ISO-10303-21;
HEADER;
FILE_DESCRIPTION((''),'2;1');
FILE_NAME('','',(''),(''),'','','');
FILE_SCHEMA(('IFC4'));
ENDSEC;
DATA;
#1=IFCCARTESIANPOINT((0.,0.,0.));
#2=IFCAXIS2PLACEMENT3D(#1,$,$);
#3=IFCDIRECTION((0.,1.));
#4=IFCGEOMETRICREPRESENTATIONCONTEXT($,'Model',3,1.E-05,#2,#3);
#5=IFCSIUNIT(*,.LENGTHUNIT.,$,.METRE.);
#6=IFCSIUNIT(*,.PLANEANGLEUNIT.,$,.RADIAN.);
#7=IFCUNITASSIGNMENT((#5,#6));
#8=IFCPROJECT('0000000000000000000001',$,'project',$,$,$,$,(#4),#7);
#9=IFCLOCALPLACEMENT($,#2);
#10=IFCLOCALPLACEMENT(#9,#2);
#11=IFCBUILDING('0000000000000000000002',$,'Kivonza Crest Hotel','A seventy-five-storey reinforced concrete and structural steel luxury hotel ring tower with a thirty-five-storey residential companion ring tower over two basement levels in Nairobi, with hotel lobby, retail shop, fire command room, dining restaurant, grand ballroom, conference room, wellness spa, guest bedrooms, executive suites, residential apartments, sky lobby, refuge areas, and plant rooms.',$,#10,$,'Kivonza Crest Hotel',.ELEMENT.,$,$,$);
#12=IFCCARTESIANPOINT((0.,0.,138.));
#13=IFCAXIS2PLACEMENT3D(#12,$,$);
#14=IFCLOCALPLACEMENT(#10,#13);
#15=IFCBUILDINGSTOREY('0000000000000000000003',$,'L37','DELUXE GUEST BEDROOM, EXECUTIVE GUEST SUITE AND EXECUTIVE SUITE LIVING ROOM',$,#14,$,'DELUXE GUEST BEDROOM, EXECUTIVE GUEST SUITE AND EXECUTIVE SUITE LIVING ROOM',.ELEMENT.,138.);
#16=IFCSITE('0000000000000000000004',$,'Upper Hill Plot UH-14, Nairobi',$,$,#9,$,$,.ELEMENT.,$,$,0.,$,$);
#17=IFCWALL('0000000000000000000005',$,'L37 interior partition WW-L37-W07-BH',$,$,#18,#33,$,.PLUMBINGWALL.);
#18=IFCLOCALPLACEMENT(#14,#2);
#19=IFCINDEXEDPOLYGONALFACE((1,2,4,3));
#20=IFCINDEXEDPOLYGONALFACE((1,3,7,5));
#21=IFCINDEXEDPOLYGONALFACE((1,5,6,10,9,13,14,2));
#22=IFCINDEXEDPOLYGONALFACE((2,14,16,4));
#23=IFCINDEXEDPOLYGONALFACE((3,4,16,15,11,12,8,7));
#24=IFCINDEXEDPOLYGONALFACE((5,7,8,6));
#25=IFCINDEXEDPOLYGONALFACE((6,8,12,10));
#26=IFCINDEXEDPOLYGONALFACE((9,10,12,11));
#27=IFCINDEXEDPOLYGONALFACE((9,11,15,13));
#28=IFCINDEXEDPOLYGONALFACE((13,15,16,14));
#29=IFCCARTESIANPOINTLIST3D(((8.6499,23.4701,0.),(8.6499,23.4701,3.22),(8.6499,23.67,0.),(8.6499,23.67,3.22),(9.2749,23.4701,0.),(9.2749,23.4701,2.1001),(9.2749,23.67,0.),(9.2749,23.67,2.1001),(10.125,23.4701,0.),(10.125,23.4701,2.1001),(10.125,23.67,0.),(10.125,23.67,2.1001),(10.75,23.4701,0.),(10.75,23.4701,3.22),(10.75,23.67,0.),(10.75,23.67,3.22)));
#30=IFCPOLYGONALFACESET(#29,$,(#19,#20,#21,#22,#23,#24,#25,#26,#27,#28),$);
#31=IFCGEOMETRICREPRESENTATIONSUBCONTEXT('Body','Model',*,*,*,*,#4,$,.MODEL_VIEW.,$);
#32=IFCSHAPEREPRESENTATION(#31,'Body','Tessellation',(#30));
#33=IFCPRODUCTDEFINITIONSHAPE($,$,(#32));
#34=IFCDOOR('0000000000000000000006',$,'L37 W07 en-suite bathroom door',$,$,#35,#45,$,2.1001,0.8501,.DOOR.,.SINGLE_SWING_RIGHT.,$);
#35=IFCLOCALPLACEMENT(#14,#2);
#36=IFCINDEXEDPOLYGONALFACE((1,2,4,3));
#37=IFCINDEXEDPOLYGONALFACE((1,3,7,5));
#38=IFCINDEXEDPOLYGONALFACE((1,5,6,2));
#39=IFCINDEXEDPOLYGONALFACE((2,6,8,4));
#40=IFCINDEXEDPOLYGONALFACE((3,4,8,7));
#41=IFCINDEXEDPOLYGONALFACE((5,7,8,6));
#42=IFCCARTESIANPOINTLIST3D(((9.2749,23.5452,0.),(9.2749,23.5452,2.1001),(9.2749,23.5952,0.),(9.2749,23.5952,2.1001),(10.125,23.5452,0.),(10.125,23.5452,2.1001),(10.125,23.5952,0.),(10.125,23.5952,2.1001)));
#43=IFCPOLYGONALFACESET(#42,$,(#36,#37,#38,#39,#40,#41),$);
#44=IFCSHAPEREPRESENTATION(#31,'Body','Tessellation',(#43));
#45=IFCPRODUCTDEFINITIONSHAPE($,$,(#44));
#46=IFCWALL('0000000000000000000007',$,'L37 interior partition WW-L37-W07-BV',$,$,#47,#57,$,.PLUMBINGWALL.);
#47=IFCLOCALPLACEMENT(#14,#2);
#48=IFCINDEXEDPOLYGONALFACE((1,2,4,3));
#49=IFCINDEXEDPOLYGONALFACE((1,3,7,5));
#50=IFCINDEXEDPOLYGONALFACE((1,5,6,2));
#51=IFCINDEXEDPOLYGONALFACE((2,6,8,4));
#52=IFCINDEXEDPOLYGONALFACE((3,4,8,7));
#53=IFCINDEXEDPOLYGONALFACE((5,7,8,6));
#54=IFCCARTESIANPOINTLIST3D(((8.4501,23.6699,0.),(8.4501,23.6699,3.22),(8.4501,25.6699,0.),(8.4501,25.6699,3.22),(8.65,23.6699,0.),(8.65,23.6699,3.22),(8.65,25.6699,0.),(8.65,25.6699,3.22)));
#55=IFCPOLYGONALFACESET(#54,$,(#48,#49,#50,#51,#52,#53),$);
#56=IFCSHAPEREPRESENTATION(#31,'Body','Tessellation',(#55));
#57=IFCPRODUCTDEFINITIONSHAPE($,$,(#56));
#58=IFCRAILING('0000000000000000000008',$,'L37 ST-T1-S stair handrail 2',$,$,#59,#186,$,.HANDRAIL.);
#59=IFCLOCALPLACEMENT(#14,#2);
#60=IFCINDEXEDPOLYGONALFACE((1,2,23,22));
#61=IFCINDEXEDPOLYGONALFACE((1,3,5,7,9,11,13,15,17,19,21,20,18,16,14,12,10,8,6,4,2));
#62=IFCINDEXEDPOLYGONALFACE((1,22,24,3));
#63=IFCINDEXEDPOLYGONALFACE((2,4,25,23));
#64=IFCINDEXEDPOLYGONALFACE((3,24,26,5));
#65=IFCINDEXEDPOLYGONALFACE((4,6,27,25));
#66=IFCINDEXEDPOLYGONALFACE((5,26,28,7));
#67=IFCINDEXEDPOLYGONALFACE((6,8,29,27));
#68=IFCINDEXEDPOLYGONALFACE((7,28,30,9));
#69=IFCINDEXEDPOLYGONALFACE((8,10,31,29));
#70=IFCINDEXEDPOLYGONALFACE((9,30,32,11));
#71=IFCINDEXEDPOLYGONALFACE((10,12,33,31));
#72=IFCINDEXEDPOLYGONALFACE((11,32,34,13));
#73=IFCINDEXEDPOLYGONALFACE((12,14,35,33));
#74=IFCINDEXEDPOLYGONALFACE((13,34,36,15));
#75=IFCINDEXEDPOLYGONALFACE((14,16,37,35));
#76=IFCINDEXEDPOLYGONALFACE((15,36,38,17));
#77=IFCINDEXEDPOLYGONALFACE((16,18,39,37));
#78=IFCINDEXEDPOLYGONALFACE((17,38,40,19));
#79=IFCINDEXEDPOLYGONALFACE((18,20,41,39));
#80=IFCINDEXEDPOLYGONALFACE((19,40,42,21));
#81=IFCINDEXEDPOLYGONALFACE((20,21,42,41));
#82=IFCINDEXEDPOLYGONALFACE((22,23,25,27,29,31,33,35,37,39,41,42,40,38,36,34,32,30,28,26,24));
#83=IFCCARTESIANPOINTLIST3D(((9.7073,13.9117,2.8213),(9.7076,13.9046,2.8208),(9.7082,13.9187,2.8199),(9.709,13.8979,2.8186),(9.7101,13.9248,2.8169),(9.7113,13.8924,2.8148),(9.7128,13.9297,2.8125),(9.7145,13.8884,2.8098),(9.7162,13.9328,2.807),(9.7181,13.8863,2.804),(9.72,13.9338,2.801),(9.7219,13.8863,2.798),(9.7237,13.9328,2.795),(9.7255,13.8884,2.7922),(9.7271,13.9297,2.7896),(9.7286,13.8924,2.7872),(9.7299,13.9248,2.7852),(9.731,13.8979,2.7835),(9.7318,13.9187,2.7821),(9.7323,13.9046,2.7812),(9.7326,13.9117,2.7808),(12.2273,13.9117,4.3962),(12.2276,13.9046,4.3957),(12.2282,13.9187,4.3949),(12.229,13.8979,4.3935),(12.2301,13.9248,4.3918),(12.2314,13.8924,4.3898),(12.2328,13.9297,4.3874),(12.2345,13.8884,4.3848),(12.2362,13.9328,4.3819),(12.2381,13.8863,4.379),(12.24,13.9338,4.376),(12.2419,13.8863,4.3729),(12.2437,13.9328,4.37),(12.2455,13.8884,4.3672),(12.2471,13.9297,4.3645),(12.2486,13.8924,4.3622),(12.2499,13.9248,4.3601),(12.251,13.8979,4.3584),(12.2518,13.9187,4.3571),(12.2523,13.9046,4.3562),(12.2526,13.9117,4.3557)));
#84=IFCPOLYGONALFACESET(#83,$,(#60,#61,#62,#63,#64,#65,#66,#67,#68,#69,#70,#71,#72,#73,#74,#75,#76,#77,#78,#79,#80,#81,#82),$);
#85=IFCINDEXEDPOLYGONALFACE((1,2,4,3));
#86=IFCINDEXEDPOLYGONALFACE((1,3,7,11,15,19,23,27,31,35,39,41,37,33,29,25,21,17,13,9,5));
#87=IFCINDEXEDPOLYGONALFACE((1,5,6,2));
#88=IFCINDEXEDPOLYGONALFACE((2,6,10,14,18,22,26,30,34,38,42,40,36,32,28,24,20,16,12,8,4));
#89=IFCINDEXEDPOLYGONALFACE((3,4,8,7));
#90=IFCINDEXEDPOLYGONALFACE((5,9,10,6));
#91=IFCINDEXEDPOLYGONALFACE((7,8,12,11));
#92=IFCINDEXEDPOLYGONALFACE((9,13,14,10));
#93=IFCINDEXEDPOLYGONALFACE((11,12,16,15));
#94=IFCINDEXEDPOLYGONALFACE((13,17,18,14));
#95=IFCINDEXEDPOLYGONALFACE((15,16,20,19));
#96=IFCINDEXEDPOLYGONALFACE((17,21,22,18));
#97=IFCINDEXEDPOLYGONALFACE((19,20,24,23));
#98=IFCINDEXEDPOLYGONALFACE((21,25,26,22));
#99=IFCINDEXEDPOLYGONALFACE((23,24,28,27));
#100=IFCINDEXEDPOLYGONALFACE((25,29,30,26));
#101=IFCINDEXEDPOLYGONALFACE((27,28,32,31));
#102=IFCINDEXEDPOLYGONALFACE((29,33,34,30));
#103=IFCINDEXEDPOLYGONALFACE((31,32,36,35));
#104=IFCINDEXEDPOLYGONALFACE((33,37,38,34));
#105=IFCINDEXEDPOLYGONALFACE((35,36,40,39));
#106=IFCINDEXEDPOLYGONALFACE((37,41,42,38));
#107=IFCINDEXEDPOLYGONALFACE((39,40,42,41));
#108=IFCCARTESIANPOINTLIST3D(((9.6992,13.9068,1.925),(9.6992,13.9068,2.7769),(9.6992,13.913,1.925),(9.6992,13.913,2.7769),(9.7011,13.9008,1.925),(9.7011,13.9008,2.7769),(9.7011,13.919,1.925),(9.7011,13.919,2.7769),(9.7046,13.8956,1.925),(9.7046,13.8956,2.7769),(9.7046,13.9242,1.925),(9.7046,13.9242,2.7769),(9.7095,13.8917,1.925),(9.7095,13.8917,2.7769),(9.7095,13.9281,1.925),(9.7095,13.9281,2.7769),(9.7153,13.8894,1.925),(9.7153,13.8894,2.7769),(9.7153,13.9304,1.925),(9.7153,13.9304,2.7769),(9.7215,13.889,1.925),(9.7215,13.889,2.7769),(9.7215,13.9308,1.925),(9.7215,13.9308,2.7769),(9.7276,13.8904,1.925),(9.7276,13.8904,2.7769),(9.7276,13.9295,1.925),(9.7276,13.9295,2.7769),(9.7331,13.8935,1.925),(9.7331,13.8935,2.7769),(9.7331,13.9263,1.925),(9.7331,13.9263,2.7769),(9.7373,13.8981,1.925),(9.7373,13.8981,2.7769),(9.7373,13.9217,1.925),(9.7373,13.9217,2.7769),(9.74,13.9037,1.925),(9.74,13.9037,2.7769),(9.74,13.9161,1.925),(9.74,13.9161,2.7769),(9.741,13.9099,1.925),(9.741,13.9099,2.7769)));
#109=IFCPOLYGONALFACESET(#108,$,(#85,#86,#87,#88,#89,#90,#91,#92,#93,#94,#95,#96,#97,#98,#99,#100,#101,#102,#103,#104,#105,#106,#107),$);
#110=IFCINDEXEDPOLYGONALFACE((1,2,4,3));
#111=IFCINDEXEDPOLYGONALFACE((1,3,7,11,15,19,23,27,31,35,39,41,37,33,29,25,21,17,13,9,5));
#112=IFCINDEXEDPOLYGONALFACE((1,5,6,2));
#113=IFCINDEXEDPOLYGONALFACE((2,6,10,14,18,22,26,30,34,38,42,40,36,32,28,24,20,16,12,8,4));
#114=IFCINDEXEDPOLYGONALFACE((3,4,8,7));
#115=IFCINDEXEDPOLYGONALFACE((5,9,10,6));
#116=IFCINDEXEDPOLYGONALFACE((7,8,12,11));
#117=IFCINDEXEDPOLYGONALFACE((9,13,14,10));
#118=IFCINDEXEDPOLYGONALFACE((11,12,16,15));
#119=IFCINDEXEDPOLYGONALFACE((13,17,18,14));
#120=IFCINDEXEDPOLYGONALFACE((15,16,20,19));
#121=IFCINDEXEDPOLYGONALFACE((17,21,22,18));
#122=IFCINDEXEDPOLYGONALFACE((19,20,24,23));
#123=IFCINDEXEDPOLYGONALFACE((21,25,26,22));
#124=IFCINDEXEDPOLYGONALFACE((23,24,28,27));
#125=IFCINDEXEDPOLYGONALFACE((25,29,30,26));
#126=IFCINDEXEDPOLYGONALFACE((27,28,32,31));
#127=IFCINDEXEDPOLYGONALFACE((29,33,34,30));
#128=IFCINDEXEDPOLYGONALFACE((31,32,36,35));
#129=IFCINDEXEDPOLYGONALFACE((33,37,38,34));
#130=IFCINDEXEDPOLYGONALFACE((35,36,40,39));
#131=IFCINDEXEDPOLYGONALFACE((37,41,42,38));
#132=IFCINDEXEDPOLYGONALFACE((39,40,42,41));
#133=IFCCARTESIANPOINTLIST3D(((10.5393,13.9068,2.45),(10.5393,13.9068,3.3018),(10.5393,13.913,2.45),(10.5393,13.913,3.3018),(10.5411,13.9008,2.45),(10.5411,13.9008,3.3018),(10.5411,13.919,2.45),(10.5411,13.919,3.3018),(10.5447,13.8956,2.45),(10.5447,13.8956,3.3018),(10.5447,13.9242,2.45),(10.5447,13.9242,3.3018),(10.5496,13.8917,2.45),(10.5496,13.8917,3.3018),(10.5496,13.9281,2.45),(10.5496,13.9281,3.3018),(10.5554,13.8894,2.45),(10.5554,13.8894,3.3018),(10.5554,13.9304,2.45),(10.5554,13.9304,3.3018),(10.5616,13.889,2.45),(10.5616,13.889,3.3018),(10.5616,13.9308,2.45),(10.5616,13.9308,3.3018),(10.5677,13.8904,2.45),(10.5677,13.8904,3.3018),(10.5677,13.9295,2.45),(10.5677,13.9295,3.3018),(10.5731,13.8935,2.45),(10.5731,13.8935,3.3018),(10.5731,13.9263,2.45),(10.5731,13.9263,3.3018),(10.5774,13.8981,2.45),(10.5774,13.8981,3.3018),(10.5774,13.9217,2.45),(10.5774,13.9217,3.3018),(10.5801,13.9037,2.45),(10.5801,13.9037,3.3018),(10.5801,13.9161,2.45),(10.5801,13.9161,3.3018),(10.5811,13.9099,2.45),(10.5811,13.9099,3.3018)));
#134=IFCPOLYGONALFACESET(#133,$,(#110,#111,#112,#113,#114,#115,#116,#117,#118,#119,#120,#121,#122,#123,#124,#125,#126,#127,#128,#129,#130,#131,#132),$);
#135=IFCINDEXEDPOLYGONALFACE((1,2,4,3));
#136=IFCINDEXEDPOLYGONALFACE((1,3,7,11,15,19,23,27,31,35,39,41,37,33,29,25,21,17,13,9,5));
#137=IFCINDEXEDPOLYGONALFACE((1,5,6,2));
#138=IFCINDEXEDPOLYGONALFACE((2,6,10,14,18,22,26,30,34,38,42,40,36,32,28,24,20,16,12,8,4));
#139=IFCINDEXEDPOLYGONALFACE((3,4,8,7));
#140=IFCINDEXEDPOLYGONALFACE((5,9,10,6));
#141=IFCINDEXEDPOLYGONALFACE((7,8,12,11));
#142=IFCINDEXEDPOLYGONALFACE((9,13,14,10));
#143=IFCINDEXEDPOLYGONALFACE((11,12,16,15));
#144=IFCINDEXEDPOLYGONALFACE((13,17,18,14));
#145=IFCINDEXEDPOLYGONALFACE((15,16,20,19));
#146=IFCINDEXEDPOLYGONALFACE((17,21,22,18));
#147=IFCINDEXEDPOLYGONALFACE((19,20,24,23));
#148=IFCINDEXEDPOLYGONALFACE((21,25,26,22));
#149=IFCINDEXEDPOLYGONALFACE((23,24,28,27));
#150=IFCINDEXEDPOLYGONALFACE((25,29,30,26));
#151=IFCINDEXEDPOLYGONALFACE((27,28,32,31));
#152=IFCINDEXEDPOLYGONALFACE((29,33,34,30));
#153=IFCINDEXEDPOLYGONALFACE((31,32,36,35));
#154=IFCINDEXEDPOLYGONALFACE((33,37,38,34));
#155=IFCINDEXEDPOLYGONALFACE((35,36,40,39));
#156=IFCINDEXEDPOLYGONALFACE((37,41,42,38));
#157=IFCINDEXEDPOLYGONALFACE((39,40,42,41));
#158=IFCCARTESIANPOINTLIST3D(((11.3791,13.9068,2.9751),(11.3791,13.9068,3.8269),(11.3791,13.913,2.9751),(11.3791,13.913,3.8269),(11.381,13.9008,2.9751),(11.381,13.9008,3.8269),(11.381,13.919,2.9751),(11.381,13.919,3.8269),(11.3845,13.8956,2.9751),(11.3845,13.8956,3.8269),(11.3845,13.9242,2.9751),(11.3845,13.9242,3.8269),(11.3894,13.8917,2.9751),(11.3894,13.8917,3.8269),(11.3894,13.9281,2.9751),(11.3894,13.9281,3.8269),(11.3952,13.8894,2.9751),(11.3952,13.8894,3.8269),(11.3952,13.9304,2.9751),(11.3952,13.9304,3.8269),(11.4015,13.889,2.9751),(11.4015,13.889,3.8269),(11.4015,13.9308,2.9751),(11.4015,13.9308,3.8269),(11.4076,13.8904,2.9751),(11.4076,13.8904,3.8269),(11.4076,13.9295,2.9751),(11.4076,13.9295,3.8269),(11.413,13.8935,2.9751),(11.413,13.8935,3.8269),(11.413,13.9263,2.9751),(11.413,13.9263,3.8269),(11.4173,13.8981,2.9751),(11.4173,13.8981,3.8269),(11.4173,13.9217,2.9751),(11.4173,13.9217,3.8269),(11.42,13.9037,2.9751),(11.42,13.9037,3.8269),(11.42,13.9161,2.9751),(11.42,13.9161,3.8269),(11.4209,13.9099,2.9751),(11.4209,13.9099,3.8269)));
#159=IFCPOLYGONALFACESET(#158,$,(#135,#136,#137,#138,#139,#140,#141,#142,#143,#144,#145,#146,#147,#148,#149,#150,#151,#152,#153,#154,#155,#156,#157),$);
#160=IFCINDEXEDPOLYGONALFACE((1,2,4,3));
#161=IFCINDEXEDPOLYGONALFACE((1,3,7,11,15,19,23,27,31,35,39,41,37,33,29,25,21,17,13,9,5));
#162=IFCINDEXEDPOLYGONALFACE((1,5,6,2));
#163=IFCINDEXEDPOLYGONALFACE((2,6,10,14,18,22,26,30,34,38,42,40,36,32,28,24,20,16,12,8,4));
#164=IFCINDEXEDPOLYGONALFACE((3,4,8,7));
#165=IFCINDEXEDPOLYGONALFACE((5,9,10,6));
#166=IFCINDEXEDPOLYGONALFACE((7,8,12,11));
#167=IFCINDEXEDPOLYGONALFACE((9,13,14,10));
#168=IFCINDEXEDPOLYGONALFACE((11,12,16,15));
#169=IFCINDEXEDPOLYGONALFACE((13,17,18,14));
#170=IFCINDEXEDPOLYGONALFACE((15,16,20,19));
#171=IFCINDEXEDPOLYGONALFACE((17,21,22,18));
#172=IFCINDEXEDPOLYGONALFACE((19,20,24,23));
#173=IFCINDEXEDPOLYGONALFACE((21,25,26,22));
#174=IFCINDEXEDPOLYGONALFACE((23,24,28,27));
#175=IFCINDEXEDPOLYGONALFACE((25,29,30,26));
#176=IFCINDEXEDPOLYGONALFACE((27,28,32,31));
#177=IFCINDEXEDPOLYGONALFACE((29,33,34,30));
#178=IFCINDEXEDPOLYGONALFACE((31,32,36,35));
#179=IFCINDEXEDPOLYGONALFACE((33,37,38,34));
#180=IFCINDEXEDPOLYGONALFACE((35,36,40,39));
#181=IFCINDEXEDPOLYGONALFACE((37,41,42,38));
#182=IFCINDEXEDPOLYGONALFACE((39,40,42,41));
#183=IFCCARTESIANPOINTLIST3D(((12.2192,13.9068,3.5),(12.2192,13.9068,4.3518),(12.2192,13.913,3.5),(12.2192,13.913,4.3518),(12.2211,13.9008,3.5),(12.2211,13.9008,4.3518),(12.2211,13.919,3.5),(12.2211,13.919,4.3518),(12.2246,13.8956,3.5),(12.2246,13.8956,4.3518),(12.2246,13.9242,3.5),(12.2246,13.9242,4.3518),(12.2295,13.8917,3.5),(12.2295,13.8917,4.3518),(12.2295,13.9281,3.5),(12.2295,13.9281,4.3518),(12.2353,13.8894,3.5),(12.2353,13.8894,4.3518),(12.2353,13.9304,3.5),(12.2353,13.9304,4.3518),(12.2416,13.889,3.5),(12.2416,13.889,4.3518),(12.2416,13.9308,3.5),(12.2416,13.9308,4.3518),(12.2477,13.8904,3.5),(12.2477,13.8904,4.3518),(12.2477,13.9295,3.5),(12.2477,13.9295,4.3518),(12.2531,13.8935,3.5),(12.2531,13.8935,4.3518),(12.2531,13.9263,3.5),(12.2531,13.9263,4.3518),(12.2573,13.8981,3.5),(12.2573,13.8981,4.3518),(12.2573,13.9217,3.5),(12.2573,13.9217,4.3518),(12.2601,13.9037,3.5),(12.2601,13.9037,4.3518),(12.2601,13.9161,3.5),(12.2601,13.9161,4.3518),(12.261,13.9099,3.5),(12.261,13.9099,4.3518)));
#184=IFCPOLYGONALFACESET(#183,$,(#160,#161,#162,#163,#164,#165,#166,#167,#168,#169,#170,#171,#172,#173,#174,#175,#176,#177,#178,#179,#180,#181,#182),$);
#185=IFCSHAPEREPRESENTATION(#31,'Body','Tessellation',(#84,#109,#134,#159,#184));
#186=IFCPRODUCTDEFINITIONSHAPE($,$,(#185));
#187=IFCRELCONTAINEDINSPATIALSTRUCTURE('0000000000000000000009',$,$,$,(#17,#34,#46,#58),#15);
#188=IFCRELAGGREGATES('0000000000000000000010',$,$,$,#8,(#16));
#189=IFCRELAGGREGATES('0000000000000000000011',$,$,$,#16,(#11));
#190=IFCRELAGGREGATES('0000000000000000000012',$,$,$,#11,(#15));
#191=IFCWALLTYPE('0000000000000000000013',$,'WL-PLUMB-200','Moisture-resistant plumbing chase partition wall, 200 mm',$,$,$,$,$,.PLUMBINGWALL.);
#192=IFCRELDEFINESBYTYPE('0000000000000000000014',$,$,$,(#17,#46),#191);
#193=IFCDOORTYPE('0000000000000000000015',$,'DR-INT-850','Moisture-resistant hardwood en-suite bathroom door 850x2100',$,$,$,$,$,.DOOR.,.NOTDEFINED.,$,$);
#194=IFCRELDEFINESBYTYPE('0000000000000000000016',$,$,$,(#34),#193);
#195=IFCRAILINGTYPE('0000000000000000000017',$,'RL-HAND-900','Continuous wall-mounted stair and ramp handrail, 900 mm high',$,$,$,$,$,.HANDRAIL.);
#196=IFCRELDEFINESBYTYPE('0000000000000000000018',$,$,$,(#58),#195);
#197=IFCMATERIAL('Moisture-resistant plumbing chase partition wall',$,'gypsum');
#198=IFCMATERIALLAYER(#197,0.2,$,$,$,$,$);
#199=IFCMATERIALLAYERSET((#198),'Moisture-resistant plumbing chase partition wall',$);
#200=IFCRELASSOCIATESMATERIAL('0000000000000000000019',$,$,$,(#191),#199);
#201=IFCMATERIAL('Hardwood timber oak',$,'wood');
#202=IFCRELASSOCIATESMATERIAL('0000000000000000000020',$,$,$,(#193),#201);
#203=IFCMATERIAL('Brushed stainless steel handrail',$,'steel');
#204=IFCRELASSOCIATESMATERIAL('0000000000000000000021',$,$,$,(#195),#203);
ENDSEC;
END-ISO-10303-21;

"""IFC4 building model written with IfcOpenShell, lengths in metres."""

from ifc_helpers import new_model, si_unit, direction, frame, frame_2d, origin, origin_2d, place, context, subcontext, project, spatial, rectangle, circle, extrude, material, layer, layer_set, type_object, element, fill, save


model = new_model("IFC4")

# Units and contexts
model_context = context("Model", 3, precision=1e-05, world=origin(), true_north=direction((0.0, 1.0)))
body_context = subcontext(model_context, "Body", "Model", "MODEL_VIEW")
ifc_project = project(units=[si_unit("LENGTHUNIT", "METRE"), si_unit("PLANEANGLEUNIT", "RADIAN")], contexts=[model_context])

# Site, building, storey
site_placement = place(None, origin())
site = spatial("IfcSite", under=ifc_project, at=site_placement, Name="Upper Hill Plot UH-14, Nairobi", CompositionType="ELEMENT", RefElevation=0.0)
building_placement = place(site_placement, origin())
building = spatial("IfcBuilding", under=site, at=building_placement, Name="Kivonza Crest Hotel", Description="A seventy-five-storey reinforced concrete and structural steel luxury hotel ring tower with a thirty-five-storey residential companion ring tower over two basement levels in Nairobi, with hotel lobby, retail shop, fire command room, dining restaurant, grand ballroom, conference room, wellness spa, guest bedrooms, executive suites, residential apartments, sky lobby, refuge areas, and plant rooms.", LongName="Kivonza Crest Hotel", CompositionType="ELEMENT")
storey_placement = place(building_placement, frame((0.0, 0.0, 138.0)))
storey = spatial("IfcBuildingStorey", under=building, at=storey_placement, Name="L37", Description="DELUXE GUEST BEDROOM, EXECUTIVE GUEST SUITE AND EXECUTIVE SUITE LIVING ROOM", LongName="DELUXE GUEST BEDROOM, EXECUTIVE GUEST SUITE AND EXECUTIVE SUITE LIVING ROOM", CompositionType="ELEMENT", Elevation=138.0)

# Shared definitions
ifc_material_1 = material(Name="Hardwood timber oak", Category="wood")

# Wall, opening, door
ifc_material_2 = material(Name="Moisture-resistant plumbing chase partition wall", Category="gypsum")
ifc_layer_1 = layer(ifc_material_2, 0.2)
ifc_layer_set_1 = layer_set([ifc_layer_1], Name="Moisture-resistant plumbing chase partition wall")
wall_type_1 = type_object("IfcWallType", Name="WL-PLUMB-200", Description="Moisture-resistant plumbing chase partition wall, 200 mm", PredefinedType="PLUMBINGWALL", material=ifc_layer_set_1)
wall_1_placement = place(storey_placement, frame((8.6499, 23.5701, 0.0), z_axis=(0.0, 0.0, 1.0), x_axis=(1.0, 0.0, 0.0)))
wall_1 = element("IfcWall", 1, at=wall_1_placement, inside=storey, type_object=wall_type_1, Name="L37 interior partition WW-L37-W07-BH", PredefinedType="PLUMBINGWALL", context=body_context, shape_type="SweptSolid", body=[
    extrude(rectangle(XDim=2.1001, YDim=0.2, at=frame_2d((1.05, 0.0))), origin(), (0.0, 0.0, 1.0), 3.22),
])
opening_1_placement = place(wall_1_placement, frame((0.625, 0.0, 0.0)))
opening_1 = element("IfcOpeningElement", 2, at=opening_1_placement, cuts=wall_1, PredefinedType="OPENING", context=body_context, shape_type="SweptSolid", body=[
    extrude(rectangle(XDim=0.8501, YDim=2.1001, at=frame_2d((0.425, 1.05))), frame((0.0, 0.1099, 0.0), z_axis=(0.0, -1.0, 0.0), x_axis=(1.0, 0.0, 0.0)), (0.0, 0.0, 1.0), 0.22),
])
door_type_1 = type_object("IfcDoorType", Name="DR-INT-850", Description="Moisture-resistant hardwood en-suite bathroom door 850x2100", OperationType="NOTDEFINED", PredefinedType="DOOR", material=ifc_material_1)
door_1_placement = place(opening_1_placement, frame((0.8501, 0.0, 0.0), z_axis=(0.0, 0.0, 1.0), x_axis=(-1.0, 0.0, 0.0)))
door_1 = element("IfcDoor", 3, at=door_1_placement, inside=storey, type_object=door_type_1, Name="L37 W07 en-suite bathroom door", OperationType="SINGLE_SWING_RIGHT", OverallHeight=2.1001, OverallWidth=0.8501, PredefinedType="DOOR", context=body_context, shape_type="SweptSolid", body=[
    extrude(rectangle(XDim=0.8501, YDim=2.1001, at=frame_2d((0.425, 1.05))), frame((0.0, 0.0249, 0.0), z_axis=(0.0, -1.0, 0.0), x_axis=(1.0, 0.0, 0.0)), (0.0, 0.0, 1.0), 0.05),
])
fill(opening_1, door_1)

# Wall
wall_2_placement = place(storey_placement, frame((8.55, 23.6699, 0.0), z_axis=(0.0, 0.0, 1.0), x_axis=(0.0, 1.0, 0.0)))
element("IfcWall", 4, at=wall_2_placement, inside=storey, type_object=wall_type_1, Name="L37 interior partition WW-L37-W07-BV", PredefinedType="PLUMBINGWALL", context=body_context, shape_type="SweptSolid", body=[
    extrude(rectangle(XDim=2.0, YDim=0.2, at=frame_2d((1.0, 0.0))), origin(), (0.0, 0.0, 1.0), 3.22),
])

# Railing
ifc_material_3 = material(Name="Brushed stainless steel handrail", Category="steel")
railing_type_1 = type_object("IfcRailingType", Name="RL-HAND-900", Description="Continuous wall-mounted stair and ramp handrail, 900 mm high", PredefinedType="HANDRAIL", material=ifc_material_3)
railing_1_placement = place(storey_placement, frame((9.72, 13.9099, 1.925)))
element("IfcRailing", 5, at=railing_1_placement, inside=storey, type_object=railing_type_1, Name="L37 ST-T1-S stair handrail 2", PredefinedType="HANDRAIL", context=body_context, shape_type="SweptSolid", body=[
    extrude(circle(Radius=0.0239, at=origin_2d()), frame((0.0, 0.0, 0.876), z_axis=(0.848008, 0.0, 0.529984), x_axis=(0.0, 1.0, 0.0)), (0.0, 0.0, 1.0), 2.9717),
    extrude(circle(Radius=0.021, at=origin_2d()), origin(), (0.0, 0.0, 1.0), 0.8518),
    extrude(circle(Radius=0.021, at=origin_2d()), frame((0.8401, 0.0, 0.5249)), (0.0, 0.0, 1.0), 0.8518),
    extrude(circle(Radius=0.021, at=origin_2d()), frame((1.6799, 0.0, 1.05)), (0.0, 0.0, 1.0), 0.8518),
    extrude(circle(Radius=0.021, at=origin_2d()), frame((2.52, 0.0, 1.575)), (0.0, 0.0, 1.0), 0.8518),
])

save(model, "model.ifc")
